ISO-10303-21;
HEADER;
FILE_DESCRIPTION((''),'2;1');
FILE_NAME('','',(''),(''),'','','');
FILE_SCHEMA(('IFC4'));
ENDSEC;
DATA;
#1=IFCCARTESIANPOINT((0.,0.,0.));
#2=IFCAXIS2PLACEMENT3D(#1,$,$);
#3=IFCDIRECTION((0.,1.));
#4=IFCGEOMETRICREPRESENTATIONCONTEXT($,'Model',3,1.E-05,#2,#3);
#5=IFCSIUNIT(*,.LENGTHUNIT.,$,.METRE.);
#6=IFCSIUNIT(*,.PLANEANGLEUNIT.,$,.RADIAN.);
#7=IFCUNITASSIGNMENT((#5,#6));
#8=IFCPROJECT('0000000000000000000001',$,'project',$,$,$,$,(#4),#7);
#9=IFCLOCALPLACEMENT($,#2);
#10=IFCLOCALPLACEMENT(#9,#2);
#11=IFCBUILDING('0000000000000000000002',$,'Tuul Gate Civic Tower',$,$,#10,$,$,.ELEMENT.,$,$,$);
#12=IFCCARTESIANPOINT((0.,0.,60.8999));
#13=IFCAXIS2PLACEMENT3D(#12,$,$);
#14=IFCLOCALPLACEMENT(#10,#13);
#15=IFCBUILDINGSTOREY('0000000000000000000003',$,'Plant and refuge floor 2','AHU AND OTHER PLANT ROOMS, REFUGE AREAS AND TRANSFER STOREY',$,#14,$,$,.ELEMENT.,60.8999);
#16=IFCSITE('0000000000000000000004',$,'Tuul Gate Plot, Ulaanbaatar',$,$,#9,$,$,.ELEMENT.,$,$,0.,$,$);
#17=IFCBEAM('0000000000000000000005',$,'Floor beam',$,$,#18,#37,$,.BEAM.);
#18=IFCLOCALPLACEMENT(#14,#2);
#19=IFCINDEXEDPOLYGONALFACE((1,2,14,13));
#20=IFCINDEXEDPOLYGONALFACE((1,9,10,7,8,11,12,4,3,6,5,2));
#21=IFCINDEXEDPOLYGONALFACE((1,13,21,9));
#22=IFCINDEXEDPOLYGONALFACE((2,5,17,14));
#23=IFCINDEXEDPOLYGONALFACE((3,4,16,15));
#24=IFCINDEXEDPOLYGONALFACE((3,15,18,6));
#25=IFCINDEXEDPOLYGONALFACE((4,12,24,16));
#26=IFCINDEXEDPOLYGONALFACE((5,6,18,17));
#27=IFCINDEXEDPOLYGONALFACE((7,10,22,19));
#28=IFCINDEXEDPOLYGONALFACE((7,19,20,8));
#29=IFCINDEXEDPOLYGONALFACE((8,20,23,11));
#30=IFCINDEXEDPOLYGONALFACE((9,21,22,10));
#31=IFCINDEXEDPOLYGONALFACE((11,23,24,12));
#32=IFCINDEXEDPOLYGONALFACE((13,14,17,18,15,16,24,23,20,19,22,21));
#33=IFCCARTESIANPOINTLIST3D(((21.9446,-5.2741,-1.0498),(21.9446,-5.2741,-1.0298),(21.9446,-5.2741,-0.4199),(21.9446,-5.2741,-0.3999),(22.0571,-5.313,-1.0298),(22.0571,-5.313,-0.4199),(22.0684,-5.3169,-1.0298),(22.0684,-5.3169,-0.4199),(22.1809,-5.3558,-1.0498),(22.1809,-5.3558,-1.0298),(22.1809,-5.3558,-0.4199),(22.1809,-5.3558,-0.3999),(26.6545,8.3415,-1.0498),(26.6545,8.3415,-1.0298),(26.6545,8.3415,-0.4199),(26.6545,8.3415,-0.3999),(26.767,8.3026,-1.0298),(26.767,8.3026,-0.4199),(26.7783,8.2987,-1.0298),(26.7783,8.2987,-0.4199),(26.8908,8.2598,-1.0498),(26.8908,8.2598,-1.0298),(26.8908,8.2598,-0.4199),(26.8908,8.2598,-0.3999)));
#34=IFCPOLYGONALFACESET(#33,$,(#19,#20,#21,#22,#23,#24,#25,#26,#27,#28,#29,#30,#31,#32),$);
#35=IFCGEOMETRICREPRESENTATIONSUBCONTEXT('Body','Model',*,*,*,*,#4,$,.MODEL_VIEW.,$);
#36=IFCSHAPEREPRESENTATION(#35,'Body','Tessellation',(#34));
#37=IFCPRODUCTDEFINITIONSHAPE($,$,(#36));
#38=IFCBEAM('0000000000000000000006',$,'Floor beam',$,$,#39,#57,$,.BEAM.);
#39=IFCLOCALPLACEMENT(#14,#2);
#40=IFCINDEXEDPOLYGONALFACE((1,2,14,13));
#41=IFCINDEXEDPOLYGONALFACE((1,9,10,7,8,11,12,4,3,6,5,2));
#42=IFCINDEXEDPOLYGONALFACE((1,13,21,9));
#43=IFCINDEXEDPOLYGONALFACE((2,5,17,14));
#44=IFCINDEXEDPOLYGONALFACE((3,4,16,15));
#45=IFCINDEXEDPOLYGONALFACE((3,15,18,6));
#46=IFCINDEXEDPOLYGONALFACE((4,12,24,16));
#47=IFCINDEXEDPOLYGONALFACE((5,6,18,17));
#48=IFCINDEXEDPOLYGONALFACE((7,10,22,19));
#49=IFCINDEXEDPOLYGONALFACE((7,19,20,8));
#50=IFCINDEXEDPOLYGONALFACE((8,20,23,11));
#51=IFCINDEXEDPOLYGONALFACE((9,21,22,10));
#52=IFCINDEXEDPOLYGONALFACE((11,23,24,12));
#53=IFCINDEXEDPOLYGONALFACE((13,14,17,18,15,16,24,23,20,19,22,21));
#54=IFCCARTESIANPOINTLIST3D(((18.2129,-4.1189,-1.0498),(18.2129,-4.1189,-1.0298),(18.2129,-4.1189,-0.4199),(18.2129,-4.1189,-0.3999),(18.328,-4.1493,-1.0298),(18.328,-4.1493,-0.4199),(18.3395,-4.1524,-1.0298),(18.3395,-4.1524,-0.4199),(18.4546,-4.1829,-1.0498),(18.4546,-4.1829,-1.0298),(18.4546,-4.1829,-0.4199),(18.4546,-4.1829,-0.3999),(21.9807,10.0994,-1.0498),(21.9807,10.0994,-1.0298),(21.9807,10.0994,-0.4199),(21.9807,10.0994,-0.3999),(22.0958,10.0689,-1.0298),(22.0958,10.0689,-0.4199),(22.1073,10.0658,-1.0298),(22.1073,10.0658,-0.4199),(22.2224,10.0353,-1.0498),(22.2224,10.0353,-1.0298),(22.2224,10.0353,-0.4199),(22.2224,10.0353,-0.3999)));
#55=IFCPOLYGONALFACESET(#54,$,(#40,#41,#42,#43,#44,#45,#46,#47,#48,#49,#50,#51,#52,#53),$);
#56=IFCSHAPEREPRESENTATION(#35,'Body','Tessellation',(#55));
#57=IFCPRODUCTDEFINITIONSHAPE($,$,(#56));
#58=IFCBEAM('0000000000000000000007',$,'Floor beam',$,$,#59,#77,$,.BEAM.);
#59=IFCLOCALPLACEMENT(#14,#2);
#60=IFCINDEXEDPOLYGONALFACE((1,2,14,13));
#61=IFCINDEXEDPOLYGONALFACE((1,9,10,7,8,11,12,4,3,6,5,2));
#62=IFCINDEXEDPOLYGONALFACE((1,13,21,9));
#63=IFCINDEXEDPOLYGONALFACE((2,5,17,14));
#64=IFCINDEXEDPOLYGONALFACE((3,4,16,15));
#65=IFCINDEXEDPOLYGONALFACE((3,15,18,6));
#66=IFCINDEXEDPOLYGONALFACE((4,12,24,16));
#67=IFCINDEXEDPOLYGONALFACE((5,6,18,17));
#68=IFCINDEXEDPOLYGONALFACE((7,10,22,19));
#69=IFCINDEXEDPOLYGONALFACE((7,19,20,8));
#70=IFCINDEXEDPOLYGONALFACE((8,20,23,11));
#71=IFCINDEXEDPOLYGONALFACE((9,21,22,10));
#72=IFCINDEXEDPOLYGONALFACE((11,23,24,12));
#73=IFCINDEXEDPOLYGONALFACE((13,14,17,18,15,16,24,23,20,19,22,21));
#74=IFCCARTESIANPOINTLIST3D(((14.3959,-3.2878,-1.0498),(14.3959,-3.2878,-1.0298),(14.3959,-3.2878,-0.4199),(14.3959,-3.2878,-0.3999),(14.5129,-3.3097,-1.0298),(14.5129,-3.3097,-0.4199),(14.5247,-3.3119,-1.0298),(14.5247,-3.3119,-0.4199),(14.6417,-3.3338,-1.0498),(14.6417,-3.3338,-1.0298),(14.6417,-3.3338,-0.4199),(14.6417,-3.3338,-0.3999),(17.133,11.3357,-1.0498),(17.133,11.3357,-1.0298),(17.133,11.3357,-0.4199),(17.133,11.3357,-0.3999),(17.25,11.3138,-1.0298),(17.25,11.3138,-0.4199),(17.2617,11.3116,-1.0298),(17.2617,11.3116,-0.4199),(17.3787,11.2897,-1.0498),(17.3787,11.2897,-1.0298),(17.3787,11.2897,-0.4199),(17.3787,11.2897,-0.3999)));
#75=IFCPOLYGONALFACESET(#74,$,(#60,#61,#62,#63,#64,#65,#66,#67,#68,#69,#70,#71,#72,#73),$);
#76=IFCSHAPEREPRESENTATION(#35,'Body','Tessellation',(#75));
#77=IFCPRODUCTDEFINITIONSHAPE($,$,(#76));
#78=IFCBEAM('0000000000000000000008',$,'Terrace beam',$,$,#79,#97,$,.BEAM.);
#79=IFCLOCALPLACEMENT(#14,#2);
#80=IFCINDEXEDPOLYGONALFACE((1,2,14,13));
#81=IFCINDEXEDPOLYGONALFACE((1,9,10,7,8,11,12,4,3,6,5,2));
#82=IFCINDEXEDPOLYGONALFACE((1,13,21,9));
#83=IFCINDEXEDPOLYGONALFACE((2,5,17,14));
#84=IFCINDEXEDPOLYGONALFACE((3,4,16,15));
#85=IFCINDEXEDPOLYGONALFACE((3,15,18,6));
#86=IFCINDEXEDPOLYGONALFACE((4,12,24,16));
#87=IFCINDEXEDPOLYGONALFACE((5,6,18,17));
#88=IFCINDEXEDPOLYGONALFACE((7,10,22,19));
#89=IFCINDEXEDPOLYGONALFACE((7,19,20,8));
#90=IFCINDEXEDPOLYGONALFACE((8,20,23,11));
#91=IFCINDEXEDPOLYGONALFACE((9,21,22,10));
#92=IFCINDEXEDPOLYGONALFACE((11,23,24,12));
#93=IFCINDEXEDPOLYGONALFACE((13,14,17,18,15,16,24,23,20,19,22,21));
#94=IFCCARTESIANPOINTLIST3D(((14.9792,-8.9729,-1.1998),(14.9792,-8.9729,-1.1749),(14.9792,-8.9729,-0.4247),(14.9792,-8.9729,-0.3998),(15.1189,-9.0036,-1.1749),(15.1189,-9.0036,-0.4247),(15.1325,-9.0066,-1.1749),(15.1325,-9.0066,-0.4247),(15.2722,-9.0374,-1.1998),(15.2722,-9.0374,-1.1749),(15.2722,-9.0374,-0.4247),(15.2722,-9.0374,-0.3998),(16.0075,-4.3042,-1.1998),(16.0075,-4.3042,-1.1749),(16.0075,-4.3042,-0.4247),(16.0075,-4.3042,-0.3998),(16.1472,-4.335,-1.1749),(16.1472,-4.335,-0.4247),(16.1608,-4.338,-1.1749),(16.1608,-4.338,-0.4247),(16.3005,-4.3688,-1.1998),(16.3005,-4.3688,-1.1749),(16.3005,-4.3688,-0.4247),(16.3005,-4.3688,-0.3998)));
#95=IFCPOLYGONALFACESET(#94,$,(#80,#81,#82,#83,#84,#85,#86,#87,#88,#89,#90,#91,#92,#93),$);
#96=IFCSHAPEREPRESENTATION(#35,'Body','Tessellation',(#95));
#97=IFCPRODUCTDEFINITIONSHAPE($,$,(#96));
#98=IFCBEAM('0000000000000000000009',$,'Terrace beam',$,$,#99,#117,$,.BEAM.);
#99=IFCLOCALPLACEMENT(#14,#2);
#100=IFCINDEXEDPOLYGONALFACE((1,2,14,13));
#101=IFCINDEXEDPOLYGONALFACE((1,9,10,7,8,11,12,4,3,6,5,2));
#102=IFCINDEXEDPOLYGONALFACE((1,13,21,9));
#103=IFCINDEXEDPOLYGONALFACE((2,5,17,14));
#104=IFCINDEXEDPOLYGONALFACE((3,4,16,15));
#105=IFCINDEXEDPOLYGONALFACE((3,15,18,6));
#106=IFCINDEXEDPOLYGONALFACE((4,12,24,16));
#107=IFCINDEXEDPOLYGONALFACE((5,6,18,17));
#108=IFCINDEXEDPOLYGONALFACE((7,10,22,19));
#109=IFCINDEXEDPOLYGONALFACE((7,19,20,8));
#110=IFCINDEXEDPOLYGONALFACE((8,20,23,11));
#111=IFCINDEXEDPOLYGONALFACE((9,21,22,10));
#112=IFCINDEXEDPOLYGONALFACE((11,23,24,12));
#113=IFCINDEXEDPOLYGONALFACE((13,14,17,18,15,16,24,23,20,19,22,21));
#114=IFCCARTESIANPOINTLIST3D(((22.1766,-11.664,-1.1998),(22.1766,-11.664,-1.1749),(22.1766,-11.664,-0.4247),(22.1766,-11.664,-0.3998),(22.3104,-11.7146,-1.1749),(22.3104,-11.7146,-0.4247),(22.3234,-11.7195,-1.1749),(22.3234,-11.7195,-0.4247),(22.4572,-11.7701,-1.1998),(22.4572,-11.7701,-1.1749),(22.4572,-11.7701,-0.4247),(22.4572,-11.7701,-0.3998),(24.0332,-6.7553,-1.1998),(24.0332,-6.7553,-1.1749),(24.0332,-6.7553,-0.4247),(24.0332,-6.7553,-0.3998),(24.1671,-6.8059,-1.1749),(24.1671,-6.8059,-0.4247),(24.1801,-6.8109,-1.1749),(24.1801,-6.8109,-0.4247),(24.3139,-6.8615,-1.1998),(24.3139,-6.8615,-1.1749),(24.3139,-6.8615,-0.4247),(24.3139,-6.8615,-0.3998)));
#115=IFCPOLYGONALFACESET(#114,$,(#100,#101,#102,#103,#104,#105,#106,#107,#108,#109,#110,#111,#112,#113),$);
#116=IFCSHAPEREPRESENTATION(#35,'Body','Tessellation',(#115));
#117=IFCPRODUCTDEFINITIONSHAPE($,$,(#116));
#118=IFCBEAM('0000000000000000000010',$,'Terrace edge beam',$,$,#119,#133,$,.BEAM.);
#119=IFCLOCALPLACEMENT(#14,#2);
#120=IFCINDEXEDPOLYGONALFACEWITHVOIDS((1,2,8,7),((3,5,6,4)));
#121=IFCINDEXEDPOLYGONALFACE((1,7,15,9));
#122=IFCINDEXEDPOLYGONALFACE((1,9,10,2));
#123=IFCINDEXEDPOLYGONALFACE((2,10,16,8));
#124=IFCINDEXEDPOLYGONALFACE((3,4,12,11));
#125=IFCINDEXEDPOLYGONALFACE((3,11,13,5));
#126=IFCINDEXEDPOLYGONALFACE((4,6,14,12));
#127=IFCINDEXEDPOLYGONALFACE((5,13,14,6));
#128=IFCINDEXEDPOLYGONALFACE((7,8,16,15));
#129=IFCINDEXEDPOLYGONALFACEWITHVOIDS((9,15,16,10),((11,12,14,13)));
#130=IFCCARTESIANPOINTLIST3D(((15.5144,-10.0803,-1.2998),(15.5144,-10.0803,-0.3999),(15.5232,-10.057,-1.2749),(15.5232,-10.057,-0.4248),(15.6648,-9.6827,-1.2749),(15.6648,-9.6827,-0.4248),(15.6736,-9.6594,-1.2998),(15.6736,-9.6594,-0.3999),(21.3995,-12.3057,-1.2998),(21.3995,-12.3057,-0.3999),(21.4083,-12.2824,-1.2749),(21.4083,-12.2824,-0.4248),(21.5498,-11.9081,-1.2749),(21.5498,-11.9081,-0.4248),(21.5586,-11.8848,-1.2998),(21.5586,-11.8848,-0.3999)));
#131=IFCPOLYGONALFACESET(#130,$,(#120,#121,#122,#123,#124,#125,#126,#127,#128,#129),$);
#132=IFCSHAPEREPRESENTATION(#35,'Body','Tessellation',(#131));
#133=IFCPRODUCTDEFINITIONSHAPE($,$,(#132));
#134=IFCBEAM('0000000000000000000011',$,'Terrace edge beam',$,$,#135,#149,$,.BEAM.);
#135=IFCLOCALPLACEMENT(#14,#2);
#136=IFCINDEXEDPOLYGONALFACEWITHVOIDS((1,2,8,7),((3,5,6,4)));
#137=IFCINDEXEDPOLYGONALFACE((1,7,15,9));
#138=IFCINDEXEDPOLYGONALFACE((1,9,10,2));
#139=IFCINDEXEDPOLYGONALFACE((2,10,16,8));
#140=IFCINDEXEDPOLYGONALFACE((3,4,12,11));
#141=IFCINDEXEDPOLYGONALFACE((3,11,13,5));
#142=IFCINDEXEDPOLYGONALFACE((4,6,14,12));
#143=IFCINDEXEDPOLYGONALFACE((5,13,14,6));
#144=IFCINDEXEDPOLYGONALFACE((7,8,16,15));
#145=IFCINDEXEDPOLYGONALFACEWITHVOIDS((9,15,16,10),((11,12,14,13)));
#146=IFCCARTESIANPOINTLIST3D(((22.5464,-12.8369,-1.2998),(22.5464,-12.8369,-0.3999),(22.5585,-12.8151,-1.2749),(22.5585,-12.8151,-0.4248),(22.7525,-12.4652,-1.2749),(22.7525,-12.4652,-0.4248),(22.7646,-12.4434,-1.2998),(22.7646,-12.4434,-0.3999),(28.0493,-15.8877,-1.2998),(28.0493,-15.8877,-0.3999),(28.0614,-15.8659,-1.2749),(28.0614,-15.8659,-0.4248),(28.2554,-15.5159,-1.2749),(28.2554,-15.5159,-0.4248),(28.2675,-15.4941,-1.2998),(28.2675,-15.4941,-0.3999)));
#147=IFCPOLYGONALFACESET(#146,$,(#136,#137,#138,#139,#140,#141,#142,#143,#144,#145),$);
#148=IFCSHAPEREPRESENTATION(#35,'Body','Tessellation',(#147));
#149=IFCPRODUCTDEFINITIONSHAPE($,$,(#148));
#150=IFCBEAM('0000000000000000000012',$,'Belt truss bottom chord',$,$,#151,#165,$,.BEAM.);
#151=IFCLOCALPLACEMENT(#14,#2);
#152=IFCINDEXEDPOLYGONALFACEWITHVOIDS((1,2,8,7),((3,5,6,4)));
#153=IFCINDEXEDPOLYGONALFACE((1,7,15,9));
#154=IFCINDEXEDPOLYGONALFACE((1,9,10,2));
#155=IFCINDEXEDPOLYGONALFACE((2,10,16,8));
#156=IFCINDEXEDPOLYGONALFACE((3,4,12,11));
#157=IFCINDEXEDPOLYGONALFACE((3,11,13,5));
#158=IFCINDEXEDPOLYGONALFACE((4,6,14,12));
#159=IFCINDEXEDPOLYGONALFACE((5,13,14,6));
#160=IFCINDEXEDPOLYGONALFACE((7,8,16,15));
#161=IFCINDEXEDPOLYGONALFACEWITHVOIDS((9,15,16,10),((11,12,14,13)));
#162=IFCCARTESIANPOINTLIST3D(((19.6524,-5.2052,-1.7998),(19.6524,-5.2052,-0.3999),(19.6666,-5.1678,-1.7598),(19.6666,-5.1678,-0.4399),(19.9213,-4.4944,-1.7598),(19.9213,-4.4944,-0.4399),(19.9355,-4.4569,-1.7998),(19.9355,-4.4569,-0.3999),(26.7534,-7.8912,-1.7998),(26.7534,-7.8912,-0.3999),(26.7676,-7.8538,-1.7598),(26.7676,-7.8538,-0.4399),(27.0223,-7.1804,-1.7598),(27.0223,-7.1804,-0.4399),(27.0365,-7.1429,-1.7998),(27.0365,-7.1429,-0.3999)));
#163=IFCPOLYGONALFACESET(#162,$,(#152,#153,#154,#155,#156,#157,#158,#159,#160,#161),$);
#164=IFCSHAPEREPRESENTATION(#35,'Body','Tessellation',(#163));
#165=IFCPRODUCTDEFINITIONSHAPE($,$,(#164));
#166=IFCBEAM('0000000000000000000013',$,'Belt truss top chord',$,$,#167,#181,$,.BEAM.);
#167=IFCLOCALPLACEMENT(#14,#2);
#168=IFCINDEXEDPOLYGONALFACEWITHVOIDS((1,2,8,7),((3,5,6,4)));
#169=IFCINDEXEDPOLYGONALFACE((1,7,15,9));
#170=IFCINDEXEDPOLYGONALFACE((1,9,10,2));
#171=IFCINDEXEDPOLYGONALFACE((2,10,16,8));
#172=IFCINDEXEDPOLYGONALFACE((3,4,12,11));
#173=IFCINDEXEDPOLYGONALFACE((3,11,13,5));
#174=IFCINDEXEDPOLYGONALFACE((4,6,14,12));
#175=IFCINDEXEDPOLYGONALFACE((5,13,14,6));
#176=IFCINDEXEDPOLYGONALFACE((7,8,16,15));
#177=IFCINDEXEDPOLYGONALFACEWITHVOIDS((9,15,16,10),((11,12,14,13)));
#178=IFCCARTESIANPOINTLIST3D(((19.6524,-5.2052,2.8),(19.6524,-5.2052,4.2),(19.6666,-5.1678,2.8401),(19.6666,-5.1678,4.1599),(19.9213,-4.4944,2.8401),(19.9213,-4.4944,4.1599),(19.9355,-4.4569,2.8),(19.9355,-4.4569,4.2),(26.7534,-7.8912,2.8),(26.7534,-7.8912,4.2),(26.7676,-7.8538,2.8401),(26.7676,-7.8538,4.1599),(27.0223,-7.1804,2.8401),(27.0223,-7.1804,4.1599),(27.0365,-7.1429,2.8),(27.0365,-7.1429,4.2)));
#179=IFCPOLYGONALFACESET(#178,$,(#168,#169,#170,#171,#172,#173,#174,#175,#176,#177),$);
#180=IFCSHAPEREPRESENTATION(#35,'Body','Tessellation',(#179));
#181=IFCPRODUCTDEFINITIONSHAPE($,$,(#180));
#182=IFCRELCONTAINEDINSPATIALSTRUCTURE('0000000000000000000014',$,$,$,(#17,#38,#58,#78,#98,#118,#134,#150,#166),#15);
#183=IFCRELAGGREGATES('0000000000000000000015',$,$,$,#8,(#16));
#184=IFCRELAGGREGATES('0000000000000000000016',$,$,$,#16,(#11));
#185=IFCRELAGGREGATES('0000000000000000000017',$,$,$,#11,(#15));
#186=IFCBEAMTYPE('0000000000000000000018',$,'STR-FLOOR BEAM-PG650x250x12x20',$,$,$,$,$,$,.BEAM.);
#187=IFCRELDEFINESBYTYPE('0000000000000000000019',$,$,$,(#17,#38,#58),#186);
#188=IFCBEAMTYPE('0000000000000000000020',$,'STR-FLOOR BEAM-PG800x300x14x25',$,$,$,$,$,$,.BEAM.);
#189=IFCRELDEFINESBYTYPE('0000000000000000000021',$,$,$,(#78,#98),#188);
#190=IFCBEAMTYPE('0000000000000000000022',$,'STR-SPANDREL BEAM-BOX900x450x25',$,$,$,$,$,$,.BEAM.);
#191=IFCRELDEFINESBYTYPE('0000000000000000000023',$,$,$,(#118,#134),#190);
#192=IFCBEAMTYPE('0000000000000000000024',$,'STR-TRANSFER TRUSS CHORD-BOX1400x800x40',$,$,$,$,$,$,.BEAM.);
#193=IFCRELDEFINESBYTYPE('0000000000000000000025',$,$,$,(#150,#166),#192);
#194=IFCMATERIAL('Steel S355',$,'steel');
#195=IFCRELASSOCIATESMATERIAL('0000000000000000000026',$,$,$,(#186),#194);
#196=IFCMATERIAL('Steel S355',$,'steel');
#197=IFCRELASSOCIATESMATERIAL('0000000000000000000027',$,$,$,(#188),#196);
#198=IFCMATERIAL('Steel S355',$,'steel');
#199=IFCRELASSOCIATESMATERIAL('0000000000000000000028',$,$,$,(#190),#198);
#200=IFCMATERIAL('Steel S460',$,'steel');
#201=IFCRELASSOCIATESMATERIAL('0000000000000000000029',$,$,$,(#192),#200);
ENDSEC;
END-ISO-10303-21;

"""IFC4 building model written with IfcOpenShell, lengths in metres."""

from ifc_helpers import new_model, si_unit, direction, frame, origin, origin_2d, place, context, subcontext, project, spatial, hollow_rectangle, i_section, extrude, material, material_profile, profile_set, type_object, element, save


model = new_model("IFC4")

# Units and contexts
model_context = context("Model", 3, precision=1e-05, world=origin(), true_north=direction((0.0, 1.0)))
body_context = subcontext(model_context, "Body", "Model", "MODEL_VIEW")
ifc_project = project(units=[si_unit("LENGTHUNIT", "METRE"), si_unit("PLANEANGLEUNIT", "RADIAN")], contexts=[model_context])

# Site, building, storey
site_placement = place(None, origin())
site = spatial("IfcSite", under=ifc_project, at=site_placement, Name="Tuul Gate Plot, Ulaanbaatar", CompositionType="ELEMENT", RefElevation=0.0)
building_placement = place(site_placement, origin())
building = spatial("IfcBuilding", under=site, at=building_placement, Name="Tuul Gate Civic Tower", CompositionType="ELEMENT")
storey_placement = place(building_placement, frame((0.0, 0.0, 60.8999)))
storey = spatial("IfcBuildingStorey", under=building, at=storey_placement, Name="Plant and refuge floor 2", Description="AHU AND OTHER PLANT ROOMS, REFUGE AREAS AND TRANSFER STOREY", CompositionType="ELEMENT", Elevation=60.8999)

# Beams
ifc_material_1 = material(Name="Steel S355", Category="steel")
ifc_material_profile_1 = material_profile(ifc_material_1, i_section(OverallWidth=0.25, OverallDepth=0.6499, WebThickness=0.012, FlangeThickness=0.02, at=origin_2d()), Name="PG650x250x12x20")
ifc_profile_set_1 = profile_set([ifc_material_profile_1], Name="Steel S355")
beam_type_1 = type_object("IfcBeamType", Name="STR-FLOOR BEAM-PG650x250x12x20", PredefinedType="BEAM", material=ifc_profile_set_1)
beam_1_placement = place(storey_placement, frame((22.0627, -5.3149, -0.7249), z_axis=(0.326914, 0.945054, 0.0), x_axis=(-0.945054, 0.326914, 0.0)))
element("IfcBeam", 1, at=beam_1_placement, inside=storey, type_object=beam_type_1, Name="Floor beam", PredefinedType="BEAM", context=body_context, shape_type="SweptSolid", body=[
    extrude(i_section(OverallWidth=0.25, OverallDepth=0.6499, WebThickness=0.012, FlangeThickness=0.02, at=origin_2d()), origin(), (0.0, 0.0, 1.0), 14.4072),
])
beam_2_placement = place(storey_placement, frame((18.3337, -4.1509, -0.7249), z_axis=(0.256157, 0.966635, 0.0), x_axis=(-0.966635, 0.256157, 0.0)))
element("IfcBeam", 2, at=beam_2_placement, inside=storey, type_object=beam_type_1, Name="Floor beam", PredefinedType="BEAM", context=body_context, shape_type="SweptSolid", body=[
    extrude(i_section(OverallWidth=0.25, OverallDepth=0.6499, WebThickness=0.012, FlangeThickness=0.02, at=origin_2d()), origin(), (0.0, 0.0, 1.0), 14.709),
])
beam_3_placement = place(storey_placement, frame((14.5188, -3.3108, -0.7249), z_axis=(0.183973, 0.982931, 0.0), x_axis=(-0.982931, 0.183973, 0.0)))
element("IfcBeam", 3, at=beam_3_placement, inside=storey, type_object=beam_type_1, Name="Floor beam", PredefinedType="BEAM", context=body_context, shape_type="SweptSolid", body=[
    extrude(i_section(OverallWidth=0.25, OverallDepth=0.6499, WebThickness=0.012, FlangeThickness=0.02, at=origin_2d()), origin(), (0.0, 0.0, 1.0), 14.8774),
])
ifc_material_2 = material(Name="Steel S355", Category="steel")
ifc_material_profile_2 = material_profile(ifc_material_2, i_section(OverallWidth=0.3, OverallDepth=0.8, WebThickness=0.0139, FlangeThickness=0.0249, at=origin_2d()), Name="PG800x300x14x25")
ifc_profile_set_2 = profile_set([ifc_material_profile_2], Name="Steel S355")
beam_type_2 = type_object("IfcBeamType", Name="STR-FLOOR BEAM-PG800x300x14x25", PredefinedType="BEAM", material=ifc_profile_set_2)
beam_4_placement = place(storey_placement, frame((15.1257, -9.0051, -0.7998), z_axis=(0.215102, 0.976591, 0.0), x_axis=(-0.976591, 0.215102, 0.0)))
element("IfcBeam", 4, at=beam_4_placement, inside=storey, type_object=beam_type_2, Name="Terrace beam", PredefinedType="BEAM", context=body_context, shape_type="SweptSolid", body=[
    extrude(i_section(OverallWidth=0.3, OverallDepth=0.8, WebThickness=0.0139, FlangeThickness=0.0249, at=origin_2d()), origin(), (0.0, 0.0, 1.0), 4.7805),
])
beam_5_placement = place(storey_placement, frame((22.3169, -11.717, -0.7998), z_axis=(0.353783, 0.935327, 0.0), x_axis=(-0.935327, 0.353783, 0.0)))
element("IfcBeam", 5, at=beam_5_placement, inside=storey, type_object=beam_type_2, Name="Terrace beam", PredefinedType="BEAM", context=body_context, shape_type="SweptSolid", body=[
    extrude(i_section(OverallWidth=0.3, OverallDepth=0.8, WebThickness=0.0139, FlangeThickness=0.0249, at=origin_2d()), origin(), (0.0, 0.0, 1.0), 5.248),
])
ifc_material_3 = material(Name="Steel S355", Category="steel")
ifc_material_profile_3 = material_profile(ifc_material_3, hollow_rectangle(XDim=0.45, YDim=0.8999, WallThickness=0.0249, at=origin_2d()), Name="BOX900x450x25")
ifc_profile_set_3 = profile_set([ifc_material_profile_3], Name="Steel S355")
beam_type_3 = type_object("IfcBeamType", Name="STR-SPANDREL BEAM-BOX900x450x25", PredefinedType="BEAM", material=ifc_profile_set_3)
beam_6_placement = place(storey_placement, frame((15.594, -9.8699, -0.8499), z_axis=(0.935361, -0.353695, 0.0), x_axis=(0.353695, 0.935361, 0.0)))
element("IfcBeam", 6, at=beam_6_placement, inside=storey, type_object=beam_type_3, Name="Terrace edge beam", PredefinedType="BEAM", context=body_context, shape_type="SweptSolid", body=[
    extrude(hollow_rectangle(XDim=0.45, YDim=0.8999, WallThickness=0.0249, at=origin_2d()), origin(), (0.0, 0.0, 1.0), 6.2917),
])
beam_7_placement = place(storey_placement, frame((22.6555, -12.6401, -0.8499), z_axis=(0.874589, -0.484865, 0.0), x_axis=(0.484865, 0.874589, 0.0)))
element("IfcBeam", 7, at=beam_7_placement, inside=storey, type_object=beam_type_3, Name="Terrace edge beam", PredefinedType="BEAM", context=body_context, shape_type="SweptSolid", body=[
    extrude(hollow_rectangle(XDim=0.45, YDim=0.8999, WallThickness=0.0249, at=origin_2d()), origin(), (0.0, 0.0, 1.0), 6.292),
])
ifc_material_4 = material(Name="Steel S460", Category="steel")
ifc_material_profile_4 = material_profile(ifc_material_4, hollow_rectangle(XDim=0.8, YDim=1.3999, WallThickness=0.04, at=origin_2d()), Name="BOX1400x800x40")
ifc_profile_set_4 = profile_set([ifc_material_profile_4], Name="Steel S460")
beam_type_4 = type_object("IfcBeamType", Name="STR-TRANSFER TRUSS CHORD-BOX1400x800x40", PredefinedType="BEAM", material=ifc_profile_set_4)
for number, where, z_axis, x_axis, name in (
    (8, (19.7939, -4.8311, -1.0999), (0.935324, -0.353793, 0.0), (0.353793, 0.935324, 0.0), "Belt truss bottom chord"),
    (9, (19.7939, -4.8311, 3.5), (0.935324, -0.353793, 0.0), (0.353793, 0.935324, 0.0), "Belt truss top chord"),
):
    element("IfcBeam", number, at=place(storey_placement, frame(where, z_axis=z_axis, x_axis=x_axis)), inside=storey, type_object=beam_type_4, Name=name, PredefinedType="BEAM", context=body_context, shape_type="SweptSolid", body=[
        extrude(hollow_rectangle(XDim=0.8, YDim=1.3999, WallThickness=0.04, at=origin_2d()), origin(), (0.0, 0.0, 1.0), 7.592),
    ])

save(model, "model.ifc")
